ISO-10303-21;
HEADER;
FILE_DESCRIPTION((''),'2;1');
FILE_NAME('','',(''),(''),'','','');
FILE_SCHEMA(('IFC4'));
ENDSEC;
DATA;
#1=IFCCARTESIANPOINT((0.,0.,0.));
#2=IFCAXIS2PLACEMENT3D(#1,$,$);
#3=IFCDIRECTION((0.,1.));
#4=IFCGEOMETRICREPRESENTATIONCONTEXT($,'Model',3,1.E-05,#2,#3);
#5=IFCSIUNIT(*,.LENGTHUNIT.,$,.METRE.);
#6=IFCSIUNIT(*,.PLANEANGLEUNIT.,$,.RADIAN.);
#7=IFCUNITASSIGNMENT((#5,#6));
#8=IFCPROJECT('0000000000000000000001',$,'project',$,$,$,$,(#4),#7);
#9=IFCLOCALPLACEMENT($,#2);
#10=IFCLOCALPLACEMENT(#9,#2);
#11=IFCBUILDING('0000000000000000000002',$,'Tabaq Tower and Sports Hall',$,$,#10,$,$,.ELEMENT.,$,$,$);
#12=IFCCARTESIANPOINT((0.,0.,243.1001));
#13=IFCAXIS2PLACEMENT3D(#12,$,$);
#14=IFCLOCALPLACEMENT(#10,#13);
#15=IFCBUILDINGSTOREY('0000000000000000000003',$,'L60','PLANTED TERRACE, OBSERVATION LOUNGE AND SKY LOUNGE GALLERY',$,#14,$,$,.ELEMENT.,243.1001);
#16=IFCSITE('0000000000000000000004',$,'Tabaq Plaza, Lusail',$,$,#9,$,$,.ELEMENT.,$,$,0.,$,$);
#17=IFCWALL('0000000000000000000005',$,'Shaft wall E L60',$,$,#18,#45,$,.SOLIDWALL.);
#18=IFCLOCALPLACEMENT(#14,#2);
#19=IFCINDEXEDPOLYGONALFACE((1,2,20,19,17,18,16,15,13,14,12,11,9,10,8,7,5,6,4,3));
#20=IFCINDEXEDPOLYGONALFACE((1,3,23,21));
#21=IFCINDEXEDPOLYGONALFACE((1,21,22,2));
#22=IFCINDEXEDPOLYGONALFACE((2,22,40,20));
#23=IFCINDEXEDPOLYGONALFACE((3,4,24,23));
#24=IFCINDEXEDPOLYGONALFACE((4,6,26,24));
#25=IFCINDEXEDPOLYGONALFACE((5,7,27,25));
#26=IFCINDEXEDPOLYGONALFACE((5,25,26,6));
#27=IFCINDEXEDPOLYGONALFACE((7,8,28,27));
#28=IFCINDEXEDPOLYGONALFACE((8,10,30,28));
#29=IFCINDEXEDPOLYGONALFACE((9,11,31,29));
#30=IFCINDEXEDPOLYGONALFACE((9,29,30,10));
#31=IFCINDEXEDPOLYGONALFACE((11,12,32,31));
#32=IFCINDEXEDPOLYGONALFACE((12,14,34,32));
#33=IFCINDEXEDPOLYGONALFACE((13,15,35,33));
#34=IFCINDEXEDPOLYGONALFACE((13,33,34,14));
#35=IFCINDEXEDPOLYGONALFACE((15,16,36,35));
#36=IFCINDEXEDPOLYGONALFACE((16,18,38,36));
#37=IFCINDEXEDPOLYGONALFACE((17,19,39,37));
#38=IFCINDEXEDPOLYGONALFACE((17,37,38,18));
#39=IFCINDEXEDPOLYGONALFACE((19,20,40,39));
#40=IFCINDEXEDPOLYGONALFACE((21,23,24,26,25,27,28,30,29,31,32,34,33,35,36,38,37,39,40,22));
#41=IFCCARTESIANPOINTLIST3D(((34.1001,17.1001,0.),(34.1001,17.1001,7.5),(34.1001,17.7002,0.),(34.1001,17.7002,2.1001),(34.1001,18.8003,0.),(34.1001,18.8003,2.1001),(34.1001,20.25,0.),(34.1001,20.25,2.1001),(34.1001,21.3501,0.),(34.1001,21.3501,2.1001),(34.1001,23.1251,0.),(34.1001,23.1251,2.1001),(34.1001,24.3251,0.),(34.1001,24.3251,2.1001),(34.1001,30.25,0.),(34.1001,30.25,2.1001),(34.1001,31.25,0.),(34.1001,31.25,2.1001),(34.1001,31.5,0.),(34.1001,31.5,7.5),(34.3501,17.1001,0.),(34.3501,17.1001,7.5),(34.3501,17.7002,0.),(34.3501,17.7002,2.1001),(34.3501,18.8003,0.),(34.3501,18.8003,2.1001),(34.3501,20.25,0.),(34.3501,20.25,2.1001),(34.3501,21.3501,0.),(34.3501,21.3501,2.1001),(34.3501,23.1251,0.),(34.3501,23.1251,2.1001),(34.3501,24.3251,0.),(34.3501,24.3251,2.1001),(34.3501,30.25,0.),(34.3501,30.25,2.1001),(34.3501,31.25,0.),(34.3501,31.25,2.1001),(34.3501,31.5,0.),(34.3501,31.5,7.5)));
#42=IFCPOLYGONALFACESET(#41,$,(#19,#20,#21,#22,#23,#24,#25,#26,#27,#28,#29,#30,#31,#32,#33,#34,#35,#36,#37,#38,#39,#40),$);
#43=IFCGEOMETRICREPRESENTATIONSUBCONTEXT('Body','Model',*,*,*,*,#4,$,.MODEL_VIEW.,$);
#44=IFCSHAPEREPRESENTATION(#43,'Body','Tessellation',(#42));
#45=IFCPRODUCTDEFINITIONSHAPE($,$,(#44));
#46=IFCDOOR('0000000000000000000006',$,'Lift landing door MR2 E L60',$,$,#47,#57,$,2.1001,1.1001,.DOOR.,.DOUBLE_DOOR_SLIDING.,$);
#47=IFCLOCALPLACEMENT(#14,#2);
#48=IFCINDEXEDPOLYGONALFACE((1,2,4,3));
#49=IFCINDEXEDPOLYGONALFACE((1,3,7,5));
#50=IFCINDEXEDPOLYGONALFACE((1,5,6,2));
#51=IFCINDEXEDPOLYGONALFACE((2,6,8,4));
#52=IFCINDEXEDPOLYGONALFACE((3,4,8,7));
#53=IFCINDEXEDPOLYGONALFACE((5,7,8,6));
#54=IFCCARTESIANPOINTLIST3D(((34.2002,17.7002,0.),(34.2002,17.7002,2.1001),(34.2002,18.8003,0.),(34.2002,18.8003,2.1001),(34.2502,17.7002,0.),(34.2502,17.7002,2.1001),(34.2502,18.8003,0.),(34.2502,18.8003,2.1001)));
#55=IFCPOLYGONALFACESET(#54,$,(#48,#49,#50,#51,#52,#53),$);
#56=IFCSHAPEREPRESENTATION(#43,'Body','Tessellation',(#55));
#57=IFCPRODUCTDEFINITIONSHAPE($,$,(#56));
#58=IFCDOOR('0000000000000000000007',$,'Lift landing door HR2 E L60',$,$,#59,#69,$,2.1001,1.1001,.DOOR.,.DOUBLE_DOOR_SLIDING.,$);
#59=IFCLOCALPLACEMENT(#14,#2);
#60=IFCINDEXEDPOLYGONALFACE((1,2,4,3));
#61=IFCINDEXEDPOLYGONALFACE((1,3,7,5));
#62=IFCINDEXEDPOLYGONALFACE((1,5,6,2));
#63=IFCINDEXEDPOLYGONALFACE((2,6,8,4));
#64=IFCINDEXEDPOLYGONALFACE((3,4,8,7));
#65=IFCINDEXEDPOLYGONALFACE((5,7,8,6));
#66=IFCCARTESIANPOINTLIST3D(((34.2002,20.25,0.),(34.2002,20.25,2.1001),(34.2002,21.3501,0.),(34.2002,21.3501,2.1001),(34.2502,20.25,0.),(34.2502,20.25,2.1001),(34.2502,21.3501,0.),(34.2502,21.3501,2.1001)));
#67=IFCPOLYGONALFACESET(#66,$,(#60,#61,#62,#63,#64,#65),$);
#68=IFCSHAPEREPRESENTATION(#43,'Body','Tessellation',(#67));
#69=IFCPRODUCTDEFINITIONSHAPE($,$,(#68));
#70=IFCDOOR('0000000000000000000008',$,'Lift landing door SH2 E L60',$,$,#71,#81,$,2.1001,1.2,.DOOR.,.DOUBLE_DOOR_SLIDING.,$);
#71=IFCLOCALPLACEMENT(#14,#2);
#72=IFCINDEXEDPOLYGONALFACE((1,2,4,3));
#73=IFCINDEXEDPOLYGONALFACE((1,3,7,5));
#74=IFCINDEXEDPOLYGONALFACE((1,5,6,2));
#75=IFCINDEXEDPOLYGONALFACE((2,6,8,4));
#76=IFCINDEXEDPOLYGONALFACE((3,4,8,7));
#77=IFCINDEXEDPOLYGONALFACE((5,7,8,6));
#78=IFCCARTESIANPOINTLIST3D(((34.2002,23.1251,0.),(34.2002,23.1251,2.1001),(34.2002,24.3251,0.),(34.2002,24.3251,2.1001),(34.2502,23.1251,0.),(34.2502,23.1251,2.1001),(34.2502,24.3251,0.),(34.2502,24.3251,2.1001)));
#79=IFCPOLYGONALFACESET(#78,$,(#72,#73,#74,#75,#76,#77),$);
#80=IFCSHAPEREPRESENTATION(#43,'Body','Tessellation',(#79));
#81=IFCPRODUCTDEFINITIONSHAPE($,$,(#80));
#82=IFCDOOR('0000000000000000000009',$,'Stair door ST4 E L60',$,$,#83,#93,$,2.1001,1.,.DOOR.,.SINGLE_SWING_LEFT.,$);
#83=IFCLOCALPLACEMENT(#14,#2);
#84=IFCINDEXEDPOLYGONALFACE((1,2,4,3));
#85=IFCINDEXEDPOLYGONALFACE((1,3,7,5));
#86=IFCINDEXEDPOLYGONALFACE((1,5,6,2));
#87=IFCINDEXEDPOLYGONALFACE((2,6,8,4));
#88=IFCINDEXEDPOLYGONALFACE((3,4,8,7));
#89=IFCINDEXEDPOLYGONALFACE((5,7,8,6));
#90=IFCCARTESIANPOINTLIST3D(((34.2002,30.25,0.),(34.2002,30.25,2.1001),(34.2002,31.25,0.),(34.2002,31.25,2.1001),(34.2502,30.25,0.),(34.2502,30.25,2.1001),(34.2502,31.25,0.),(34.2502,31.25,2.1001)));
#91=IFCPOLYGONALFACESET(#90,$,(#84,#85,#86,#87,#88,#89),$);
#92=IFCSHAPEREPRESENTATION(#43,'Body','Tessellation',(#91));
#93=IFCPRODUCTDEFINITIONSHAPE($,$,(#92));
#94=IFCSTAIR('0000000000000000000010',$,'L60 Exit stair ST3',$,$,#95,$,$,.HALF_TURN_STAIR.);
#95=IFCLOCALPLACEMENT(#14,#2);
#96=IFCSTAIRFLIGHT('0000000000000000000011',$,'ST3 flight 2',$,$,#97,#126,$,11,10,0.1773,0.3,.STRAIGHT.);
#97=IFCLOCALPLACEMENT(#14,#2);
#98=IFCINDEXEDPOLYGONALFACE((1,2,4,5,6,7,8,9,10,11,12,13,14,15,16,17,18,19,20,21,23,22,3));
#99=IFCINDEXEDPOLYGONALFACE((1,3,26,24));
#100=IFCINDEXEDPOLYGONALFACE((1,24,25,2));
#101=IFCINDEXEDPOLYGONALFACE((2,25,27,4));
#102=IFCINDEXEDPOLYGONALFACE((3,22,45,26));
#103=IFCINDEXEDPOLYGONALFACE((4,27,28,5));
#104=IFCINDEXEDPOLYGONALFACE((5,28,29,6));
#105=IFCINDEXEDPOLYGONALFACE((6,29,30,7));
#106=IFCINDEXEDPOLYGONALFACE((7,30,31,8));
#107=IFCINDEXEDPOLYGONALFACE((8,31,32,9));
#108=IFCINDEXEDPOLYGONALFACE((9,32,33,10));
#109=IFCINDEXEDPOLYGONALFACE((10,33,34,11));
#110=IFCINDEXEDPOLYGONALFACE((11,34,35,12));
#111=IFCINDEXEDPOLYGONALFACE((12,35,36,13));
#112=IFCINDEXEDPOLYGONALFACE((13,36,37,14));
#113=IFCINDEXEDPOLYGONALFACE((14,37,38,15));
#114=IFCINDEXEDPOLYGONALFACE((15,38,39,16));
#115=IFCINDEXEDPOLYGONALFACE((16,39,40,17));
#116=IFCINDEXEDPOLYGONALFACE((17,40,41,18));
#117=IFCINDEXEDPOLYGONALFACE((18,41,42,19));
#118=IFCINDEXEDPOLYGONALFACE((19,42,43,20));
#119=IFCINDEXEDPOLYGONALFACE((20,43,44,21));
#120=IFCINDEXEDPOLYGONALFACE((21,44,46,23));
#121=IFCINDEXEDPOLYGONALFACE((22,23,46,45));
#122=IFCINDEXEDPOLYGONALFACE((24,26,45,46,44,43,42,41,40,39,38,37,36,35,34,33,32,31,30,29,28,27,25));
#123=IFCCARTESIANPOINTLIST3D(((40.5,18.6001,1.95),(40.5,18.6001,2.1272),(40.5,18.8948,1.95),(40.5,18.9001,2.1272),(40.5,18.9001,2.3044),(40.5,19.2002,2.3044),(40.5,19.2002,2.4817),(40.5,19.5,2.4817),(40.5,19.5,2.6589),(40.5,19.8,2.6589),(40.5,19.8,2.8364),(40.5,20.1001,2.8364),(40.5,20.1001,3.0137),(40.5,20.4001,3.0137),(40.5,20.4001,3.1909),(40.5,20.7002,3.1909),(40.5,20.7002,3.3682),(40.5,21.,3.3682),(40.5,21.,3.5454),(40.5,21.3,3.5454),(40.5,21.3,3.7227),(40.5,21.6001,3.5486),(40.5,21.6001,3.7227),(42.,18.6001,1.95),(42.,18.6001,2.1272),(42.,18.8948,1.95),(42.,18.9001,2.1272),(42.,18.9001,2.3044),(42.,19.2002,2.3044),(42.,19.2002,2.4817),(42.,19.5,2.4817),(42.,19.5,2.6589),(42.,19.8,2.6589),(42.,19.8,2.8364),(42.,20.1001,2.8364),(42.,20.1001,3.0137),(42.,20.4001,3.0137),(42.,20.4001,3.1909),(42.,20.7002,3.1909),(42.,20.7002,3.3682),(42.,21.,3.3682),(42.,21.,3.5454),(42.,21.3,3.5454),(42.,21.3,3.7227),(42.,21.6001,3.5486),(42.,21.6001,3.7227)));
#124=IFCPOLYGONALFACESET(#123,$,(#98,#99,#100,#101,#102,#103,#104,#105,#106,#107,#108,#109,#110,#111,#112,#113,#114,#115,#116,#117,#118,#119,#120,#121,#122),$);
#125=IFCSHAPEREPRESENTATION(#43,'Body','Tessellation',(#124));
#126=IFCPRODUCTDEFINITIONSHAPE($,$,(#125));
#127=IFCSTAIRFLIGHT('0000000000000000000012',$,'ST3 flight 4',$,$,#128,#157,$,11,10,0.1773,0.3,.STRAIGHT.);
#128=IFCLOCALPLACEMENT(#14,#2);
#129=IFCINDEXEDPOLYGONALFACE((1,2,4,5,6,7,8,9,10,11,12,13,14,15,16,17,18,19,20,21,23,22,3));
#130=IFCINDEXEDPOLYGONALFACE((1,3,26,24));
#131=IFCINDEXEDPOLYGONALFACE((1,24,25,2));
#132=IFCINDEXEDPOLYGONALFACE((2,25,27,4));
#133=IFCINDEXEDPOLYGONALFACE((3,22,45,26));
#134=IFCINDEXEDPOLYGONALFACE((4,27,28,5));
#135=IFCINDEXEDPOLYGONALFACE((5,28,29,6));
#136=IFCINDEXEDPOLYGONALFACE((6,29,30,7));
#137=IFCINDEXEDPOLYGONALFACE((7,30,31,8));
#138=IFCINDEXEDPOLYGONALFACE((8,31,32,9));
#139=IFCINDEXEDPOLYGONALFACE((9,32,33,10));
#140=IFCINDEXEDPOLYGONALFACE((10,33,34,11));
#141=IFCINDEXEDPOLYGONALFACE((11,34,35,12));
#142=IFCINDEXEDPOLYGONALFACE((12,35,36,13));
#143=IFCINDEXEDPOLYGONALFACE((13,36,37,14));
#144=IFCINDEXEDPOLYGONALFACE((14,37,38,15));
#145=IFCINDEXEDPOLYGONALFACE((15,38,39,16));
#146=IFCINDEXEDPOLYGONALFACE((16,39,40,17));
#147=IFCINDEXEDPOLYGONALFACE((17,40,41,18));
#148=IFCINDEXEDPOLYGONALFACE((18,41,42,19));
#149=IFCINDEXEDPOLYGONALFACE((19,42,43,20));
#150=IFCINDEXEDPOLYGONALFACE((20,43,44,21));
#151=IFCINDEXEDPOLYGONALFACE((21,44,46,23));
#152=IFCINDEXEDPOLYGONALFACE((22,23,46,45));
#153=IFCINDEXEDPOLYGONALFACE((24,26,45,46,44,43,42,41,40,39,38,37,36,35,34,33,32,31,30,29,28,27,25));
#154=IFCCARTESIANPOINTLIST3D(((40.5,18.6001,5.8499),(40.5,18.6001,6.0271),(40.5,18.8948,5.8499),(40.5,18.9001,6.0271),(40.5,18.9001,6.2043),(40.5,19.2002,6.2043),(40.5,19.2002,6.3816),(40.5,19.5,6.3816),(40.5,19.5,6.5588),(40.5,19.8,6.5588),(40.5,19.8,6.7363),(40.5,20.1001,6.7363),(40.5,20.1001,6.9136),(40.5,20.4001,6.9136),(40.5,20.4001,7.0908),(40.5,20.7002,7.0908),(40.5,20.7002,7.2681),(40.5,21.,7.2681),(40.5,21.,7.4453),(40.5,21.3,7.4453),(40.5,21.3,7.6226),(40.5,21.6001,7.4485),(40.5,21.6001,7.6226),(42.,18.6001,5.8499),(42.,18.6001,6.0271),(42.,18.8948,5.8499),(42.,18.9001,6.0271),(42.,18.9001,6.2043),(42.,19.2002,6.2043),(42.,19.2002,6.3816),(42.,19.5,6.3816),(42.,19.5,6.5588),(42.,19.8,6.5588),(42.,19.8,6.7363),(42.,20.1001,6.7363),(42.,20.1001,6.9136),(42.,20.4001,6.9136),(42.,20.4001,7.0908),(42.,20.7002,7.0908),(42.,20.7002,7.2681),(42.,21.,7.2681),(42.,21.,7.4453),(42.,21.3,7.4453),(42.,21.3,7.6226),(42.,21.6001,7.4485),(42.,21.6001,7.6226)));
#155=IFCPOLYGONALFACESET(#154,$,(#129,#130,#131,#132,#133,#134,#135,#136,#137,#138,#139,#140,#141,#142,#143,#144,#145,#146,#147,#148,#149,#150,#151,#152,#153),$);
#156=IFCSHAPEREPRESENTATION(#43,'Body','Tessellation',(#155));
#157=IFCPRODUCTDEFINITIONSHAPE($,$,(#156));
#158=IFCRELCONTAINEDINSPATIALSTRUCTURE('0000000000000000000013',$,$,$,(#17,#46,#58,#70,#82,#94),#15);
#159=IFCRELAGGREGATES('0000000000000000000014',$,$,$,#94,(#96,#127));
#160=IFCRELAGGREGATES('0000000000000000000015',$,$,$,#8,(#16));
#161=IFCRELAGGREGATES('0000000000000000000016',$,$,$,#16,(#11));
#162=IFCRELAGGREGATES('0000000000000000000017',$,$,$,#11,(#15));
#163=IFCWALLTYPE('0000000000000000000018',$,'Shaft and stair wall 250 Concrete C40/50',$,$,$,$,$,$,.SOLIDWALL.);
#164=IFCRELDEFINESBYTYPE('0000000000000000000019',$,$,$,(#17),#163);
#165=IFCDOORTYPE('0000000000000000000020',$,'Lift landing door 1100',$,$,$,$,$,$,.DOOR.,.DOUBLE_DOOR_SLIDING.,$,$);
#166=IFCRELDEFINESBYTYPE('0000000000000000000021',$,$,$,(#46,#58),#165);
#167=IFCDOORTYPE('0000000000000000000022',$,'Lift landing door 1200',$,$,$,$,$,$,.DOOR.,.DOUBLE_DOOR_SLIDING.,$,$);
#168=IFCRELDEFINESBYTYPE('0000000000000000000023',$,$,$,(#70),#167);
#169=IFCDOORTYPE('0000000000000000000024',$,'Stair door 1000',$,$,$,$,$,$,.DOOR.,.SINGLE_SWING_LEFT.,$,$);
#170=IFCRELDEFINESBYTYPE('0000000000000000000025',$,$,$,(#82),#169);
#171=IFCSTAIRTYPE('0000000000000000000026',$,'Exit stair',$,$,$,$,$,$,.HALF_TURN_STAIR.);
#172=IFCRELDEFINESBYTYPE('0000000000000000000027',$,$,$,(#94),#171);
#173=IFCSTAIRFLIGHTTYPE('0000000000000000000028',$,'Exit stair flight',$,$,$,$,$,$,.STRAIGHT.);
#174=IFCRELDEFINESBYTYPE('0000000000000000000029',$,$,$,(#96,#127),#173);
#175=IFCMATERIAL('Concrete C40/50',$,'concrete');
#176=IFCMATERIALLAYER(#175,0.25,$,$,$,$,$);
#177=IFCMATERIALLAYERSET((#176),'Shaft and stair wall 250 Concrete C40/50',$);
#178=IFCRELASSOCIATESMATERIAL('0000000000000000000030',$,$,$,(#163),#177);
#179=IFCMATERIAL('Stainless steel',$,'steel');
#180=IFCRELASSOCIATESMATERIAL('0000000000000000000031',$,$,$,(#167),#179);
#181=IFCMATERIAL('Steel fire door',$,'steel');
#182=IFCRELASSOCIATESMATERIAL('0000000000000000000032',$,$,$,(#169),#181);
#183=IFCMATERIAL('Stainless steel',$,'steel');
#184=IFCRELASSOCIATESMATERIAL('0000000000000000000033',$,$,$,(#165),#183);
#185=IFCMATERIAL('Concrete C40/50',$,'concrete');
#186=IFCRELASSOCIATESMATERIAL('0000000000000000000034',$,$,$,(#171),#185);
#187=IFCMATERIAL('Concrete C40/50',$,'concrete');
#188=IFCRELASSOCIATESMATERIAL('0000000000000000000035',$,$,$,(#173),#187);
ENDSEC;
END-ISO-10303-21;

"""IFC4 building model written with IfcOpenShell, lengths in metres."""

from ifc_helpers import new_model, si_unit, direction, frame, frame_2d, origin, place, context, subcontext, project, spatial, polyline, rectangle, outline, extrude, material, layer, layer_set, type_object, element, fill, aggregate, save


model = new_model("IFC4")

# Units and contexts
model_context = context("Model", 3, precision=1e-05, world=origin(), true_north=direction((0.0, 1.0)))
body_context = subcontext(model_context, "Body", "Model", "MODEL_VIEW")
ifc_project = project(units=[si_unit("LENGTHUNIT", "METRE"), si_unit("PLANEANGLEUNIT", "RADIAN")], contexts=[model_context])

# Site, building, storey
site_placement = place(None, origin())
site = spatial("IfcSite", under=ifc_project, at=site_placement, Name="Tabaq Plaza, Lusail", CompositionType="ELEMENT", RefElevation=0.0)
building_placement = place(site_placement, origin())
building = spatial("IfcBuilding", under=site, at=building_placement, Name="Tabaq Tower and Sports Hall", CompositionType="ELEMENT")
storey_placement = place(building_placement, frame((0.0, 0.0, 243.1001)))
storey = spatial("IfcBuildingStorey", under=building, at=storey_placement, Name="L60", Description="PLANTED TERRACE, OBSERVATION LOUNGE AND SKY LOUNGE GALLERY", CompositionType="ELEMENT", Elevation=243.1001)

# Wall, openings, doors
ifc_material_1 = material(Name="Concrete C40/50", Category="concrete")
ifc_layer_1 = layer(ifc_material_1, 0.25)
ifc_layer_set_1 = layer_set([ifc_layer_1], Name="Shaft and stair wall 250 Concrete C40/50")
wall_type_1 = type_object("IfcWallType", Name="Shaft and stair wall 250 Concrete C40/50", PredefinedType="SOLIDWALL", material=ifc_layer_set_1)
ifc_material_2 = material(Name="Stainless steel", Category="steel")
door_type_1 = type_object("IfcDoorType", Name="Lift landing door 1200", OperationType="DOUBLE_DOOR_SLIDING", PredefinedType="DOOR", material=ifc_material_2)
ifc_material_3 = material(Name="Steel fire door", Category="steel")
door_type_2 = type_object("IfcDoorType", Name="Stair door 1000", OperationType="SINGLE_SWING_LEFT", PredefinedType="DOOR", material=ifc_material_3)
wall_1_placement = place(storey_placement, frame((34.2251, 17.1001, 0.0), z_axis=(0.0, 0.0, 1.0), x_axis=(0.0, 1.0, 0.0)))
wall_1 = element("IfcWall", 1, at=wall_1_placement, inside=storey, type_object=wall_type_1, Name="Shaft wall E L60", PredefinedType="SOLIDWALL", context=body_context, shape_type="SweptSolid", body=[
    extrude(rectangle(XDim=14.3999, YDim=0.25, at=frame_2d((7.2, 0.0))), origin(), (0.0, 0.0, 1.0), 7.5),
])
opening_1_placement = place(wall_1_placement, frame((13.1499, 0.0, 0.0)))
opening_1 = element("IfcOpeningElement", 2, at=opening_1_placement, cuts=wall_1, PredefinedType="OPENING", context=body_context, shape_type="SweptSolid", body=[
    extrude(rectangle(XDim=1.0, YDim=2.1001, at=frame_2d((0.5, 1.05))), frame((0.0, 0.125, 0.0), z_axis=(0.0, -1.0, 0.0), x_axis=(1.0, 0.0, 0.0)), (0.0, 0.0, 1.0), 0.25),
])
opening_2_placement = place(wall_1_placement, frame((0.6001, 0.0, 0.0)))
opening_2 = element("IfcOpeningElement", 3, at=opening_2_placement, cuts=wall_1, PredefinedType="OPENING", context=body_context, shape_type="SweptSolid", body=[
    extrude(rectangle(XDim=1.1001, YDim=2.1001, at=frame_2d((0.55, 1.05))), frame((0.0, 0.125, 0.0), z_axis=(0.0, -1.0, 0.0), x_axis=(1.0, 0.0, 0.0)), (0.0, 0.0, 1.0), 0.25),
])
opening_3_placement = place(wall_1_placement, frame((3.1499, 0.0, 0.0)))
opening_3 = element("IfcOpeningElement", 4, at=opening_3_placement, cuts=wall_1, PredefinedType="OPENING", context=body_context, shape_type="SweptSolid", body=[
    extrude(rectangle(XDim=1.1001, YDim=2.1001, at=frame_2d((0.55, 1.05))), frame((0.0, 0.125, 0.0), z_axis=(0.0, -1.0, 0.0), x_axis=(1.0, 0.0, 0.0)), (0.0, 0.0, 1.0), 0.25),
])
opening_4_placement = place(wall_1_placement, frame((6.0249, 0.0, 0.0)))
opening_4 = element("IfcOpeningElement", 5, at=opening_4_placement, cuts=wall_1, PredefinedType="OPENING", context=body_context, shape_type="SweptSolid", body=[
    extrude(rectangle(XDim=1.2, YDim=2.1001, at=frame_2d((0.6001, 1.05))), frame((0.0, 0.125, 0.0), z_axis=(0.0, -1.0, 0.0), x_axis=(1.0, 0.0, 0.0)), (0.0, 0.0, 1.0), 0.25),
])
ifc_material_4 = material(Name="Stainless steel", Category="steel")
door_type_3 = type_object("IfcDoorType", Name="Lift landing door 1100", OperationType="DOUBLE_DOOR_SLIDING", PredefinedType="DOOR", material=ifc_material_4)
door_1_placement = place(opening_2_placement, origin())
door_1 = element("IfcDoor", 6, at=door_1_placement, inside=storey, type_object=door_type_3, Name="Lift landing door MR2 E L60", OperationType="DOUBLE_DOOR_SLIDING", OverallHeight=2.1001, OverallWidth=1.1001, PredefinedType="DOOR", context=body_context, shape_type="SweptSolid", body=[
    extrude(rectangle(XDim=1.1001, YDim=2.1001, at=frame_2d((0.55, 1.05))), frame((0.0, 0.0249, 0.0), z_axis=(0.0, -1.0, 0.0), x_axis=(1.0, 0.0, 0.0)), (0.0, 0.0, 1.0), 0.05),
])
fill(opening_2, door_1)
door_2_placement = place(opening_3_placement, origin())
door_2 = element("IfcDoor", 7, at=door_2_placement, inside=storey, type_object=door_type_3, Name="Lift landing door HR2 E L60", OperationType="DOUBLE_DOOR_SLIDING", OverallHeight=2.1001, OverallWidth=1.1001, PredefinedType="DOOR", context=body_context, shape_type="SweptSolid", body=[
    extrude(rectangle(XDim=1.1001, YDim=2.1001, at=frame_2d((0.55, 1.05))), frame((0.0, 0.0249, 0.0), z_axis=(0.0, -1.0, 0.0), x_axis=(1.0, 0.0, 0.0)), (0.0, 0.0, 1.0), 0.05),
])
fill(opening_3, door_2)
door_3_placement = place(opening_4_placement, origin())
door_3 = element("IfcDoor", 8, at=door_3_placement, inside=storey, type_object=door_type_1, Name="Lift landing door SH2 E L60", OperationType="DOUBLE_DOOR_SLIDING", OverallHeight=2.1001, OverallWidth=1.2, PredefinedType="DOOR", context=body_context, shape_type="SweptSolid", body=[
    extrude(rectangle(XDim=1.2, YDim=2.1001, at=frame_2d((0.6001, 1.05))), frame((0.0, 0.0249, 0.0), z_axis=(0.0, -1.0, 0.0), x_axis=(1.0, 0.0, 0.0)), (0.0, 0.0, 1.0), 0.05),
])
fill(opening_4, door_3)
door_4_placement = place(opening_1_placement, origin())
door_4 = element("IfcDoor", 9, at=door_4_placement, inside=storey, type_object=door_type_2, Name="Stair door ST4 E L60", OperationType="SINGLE_SWING_LEFT", OverallHeight=2.1001, OverallWidth=1.0, PredefinedType="DOOR", context=body_context, shape_type="SweptSolid", body=[
    extrude(rectangle(XDim=1.0, YDim=2.1001, at=frame_2d((0.5, 1.05))), frame((0.0, 0.0249, 0.0), z_axis=(0.0, -1.0, 0.0), x_axis=(1.0, 0.0, 0.0)), (0.0, 0.0, 1.0), 0.05),
])
fill(opening_1, door_4)

# Stair, stair flights
ifc_material_5 = material(Name="Concrete C40/50", Category="concrete")
stair_type = type_object("IfcStairType", Name="Exit stair", PredefinedType="HALF_TURN_STAIR", material=ifc_material_5)
stair_placement = place(storey_placement, origin())
stair = element("IfcStair", 10, at=stair_placement, inside=storey, type_object=stair_type, Name="L60 Exit stair ST3", PredefinedType="HALF_TURN_STAIR")
ifc_material_6 = material(Name="Concrete C40/50", Category="concrete")
stair_flight_type = type_object("IfcStairFlightType", Name="Exit stair flight", PredefinedType="STRAIGHT", material=ifc_material_6)
stair_flight_1_placement = place(storey_placement, frame((41.25, 18.6001, 1.95), z_axis=(0.0, 0.0, 1.0), x_axis=(0.0, 1.0, 0.0)))
stair_flight_1 = element("IfcStairFlight", 11, at=stair_flight_1_placement, type_object=stair_flight_type, Name="ST3 flight 2", NumberOfRisers=11, NumberOfTreads=10, PredefinedType="STRAIGHT", RiserHeight=0.1773, TreadLength=0.3, context=body_context, shape_type="SweptSolid", body=[
    extrude(outline(polyline([(0.0, 0.0), (0.0, 0.1772), (0.3, 0.1772), (0.3, 0.3545), (0.6001, 0.3545), (0.6001, 0.5317), (0.8999, 0.5317), (0.8999, 0.709), (1.2, 0.709), (1.2, 0.8865), (1.5, 0.8865), (1.5, 1.0637), (1.8, 1.0637), (1.8, 1.241), (2.1001, 1.241), (2.1001, 1.4182), (2.3999, 1.4182), (2.3999, 1.5955), (2.7, 1.5955), (2.7, 1.7727), (3.0, 1.7727), (3.0, 1.95), (3.0, 1.5986), (0.2947, 0.0), (0.0, 0.0)])), frame((0.0, 0.75, 0.0), z_axis=(0.0, -1.0, 0.0), x_axis=(1.0, 0.0, 0.0)), (0.0, 0.0, 1.0), 1.5),
])
stair_flight_2_placement = place(storey_placement, frame((41.25, 18.6001, 5.8499), z_axis=(0.0, 0.0, 1.0), x_axis=(0.0, 1.0, 0.0)))
stair_flight_2 = element("IfcStairFlight", 12, at=stair_flight_2_placement, type_object=stair_flight_type, Name="ST3 flight 4", NumberOfRisers=11, NumberOfTreads=10, PredefinedType="STRAIGHT", RiserHeight=0.1773, TreadLength=0.3, context=body_context, shape_type="SweptSolid", body=[
    extrude(outline(polyline([(0.0, 0.0), (0.0, 0.1772), (0.3, 0.1772), (0.3, 0.3545), (0.6001, 0.3545), (0.6001, 0.5317), (0.8999, 0.5317), (0.8999, 0.709), (1.2, 0.709), (1.2, 0.8865), (1.5, 0.8865), (1.5, 1.0637), (1.8, 1.0637), (1.8, 1.241), (2.1001, 1.241), (2.1001, 1.4182), (2.3999, 1.4182), (2.3999, 1.5955), (2.7, 1.5955), (2.7, 1.7727), (3.0, 1.7727), (3.0, 1.95), (3.0, 1.5986), (0.2947, 0.0), (0.0, 0.0)])), frame((0.0, 0.75, 0.0), z_axis=(0.0, -1.0, 0.0), x_axis=(1.0, 0.0, 0.0)), (0.0, 0.0, 1.0), 1.5),
])
aggregate(stair, [stair_flight_1, stair_flight_2])

save(model, "model.ifc")
